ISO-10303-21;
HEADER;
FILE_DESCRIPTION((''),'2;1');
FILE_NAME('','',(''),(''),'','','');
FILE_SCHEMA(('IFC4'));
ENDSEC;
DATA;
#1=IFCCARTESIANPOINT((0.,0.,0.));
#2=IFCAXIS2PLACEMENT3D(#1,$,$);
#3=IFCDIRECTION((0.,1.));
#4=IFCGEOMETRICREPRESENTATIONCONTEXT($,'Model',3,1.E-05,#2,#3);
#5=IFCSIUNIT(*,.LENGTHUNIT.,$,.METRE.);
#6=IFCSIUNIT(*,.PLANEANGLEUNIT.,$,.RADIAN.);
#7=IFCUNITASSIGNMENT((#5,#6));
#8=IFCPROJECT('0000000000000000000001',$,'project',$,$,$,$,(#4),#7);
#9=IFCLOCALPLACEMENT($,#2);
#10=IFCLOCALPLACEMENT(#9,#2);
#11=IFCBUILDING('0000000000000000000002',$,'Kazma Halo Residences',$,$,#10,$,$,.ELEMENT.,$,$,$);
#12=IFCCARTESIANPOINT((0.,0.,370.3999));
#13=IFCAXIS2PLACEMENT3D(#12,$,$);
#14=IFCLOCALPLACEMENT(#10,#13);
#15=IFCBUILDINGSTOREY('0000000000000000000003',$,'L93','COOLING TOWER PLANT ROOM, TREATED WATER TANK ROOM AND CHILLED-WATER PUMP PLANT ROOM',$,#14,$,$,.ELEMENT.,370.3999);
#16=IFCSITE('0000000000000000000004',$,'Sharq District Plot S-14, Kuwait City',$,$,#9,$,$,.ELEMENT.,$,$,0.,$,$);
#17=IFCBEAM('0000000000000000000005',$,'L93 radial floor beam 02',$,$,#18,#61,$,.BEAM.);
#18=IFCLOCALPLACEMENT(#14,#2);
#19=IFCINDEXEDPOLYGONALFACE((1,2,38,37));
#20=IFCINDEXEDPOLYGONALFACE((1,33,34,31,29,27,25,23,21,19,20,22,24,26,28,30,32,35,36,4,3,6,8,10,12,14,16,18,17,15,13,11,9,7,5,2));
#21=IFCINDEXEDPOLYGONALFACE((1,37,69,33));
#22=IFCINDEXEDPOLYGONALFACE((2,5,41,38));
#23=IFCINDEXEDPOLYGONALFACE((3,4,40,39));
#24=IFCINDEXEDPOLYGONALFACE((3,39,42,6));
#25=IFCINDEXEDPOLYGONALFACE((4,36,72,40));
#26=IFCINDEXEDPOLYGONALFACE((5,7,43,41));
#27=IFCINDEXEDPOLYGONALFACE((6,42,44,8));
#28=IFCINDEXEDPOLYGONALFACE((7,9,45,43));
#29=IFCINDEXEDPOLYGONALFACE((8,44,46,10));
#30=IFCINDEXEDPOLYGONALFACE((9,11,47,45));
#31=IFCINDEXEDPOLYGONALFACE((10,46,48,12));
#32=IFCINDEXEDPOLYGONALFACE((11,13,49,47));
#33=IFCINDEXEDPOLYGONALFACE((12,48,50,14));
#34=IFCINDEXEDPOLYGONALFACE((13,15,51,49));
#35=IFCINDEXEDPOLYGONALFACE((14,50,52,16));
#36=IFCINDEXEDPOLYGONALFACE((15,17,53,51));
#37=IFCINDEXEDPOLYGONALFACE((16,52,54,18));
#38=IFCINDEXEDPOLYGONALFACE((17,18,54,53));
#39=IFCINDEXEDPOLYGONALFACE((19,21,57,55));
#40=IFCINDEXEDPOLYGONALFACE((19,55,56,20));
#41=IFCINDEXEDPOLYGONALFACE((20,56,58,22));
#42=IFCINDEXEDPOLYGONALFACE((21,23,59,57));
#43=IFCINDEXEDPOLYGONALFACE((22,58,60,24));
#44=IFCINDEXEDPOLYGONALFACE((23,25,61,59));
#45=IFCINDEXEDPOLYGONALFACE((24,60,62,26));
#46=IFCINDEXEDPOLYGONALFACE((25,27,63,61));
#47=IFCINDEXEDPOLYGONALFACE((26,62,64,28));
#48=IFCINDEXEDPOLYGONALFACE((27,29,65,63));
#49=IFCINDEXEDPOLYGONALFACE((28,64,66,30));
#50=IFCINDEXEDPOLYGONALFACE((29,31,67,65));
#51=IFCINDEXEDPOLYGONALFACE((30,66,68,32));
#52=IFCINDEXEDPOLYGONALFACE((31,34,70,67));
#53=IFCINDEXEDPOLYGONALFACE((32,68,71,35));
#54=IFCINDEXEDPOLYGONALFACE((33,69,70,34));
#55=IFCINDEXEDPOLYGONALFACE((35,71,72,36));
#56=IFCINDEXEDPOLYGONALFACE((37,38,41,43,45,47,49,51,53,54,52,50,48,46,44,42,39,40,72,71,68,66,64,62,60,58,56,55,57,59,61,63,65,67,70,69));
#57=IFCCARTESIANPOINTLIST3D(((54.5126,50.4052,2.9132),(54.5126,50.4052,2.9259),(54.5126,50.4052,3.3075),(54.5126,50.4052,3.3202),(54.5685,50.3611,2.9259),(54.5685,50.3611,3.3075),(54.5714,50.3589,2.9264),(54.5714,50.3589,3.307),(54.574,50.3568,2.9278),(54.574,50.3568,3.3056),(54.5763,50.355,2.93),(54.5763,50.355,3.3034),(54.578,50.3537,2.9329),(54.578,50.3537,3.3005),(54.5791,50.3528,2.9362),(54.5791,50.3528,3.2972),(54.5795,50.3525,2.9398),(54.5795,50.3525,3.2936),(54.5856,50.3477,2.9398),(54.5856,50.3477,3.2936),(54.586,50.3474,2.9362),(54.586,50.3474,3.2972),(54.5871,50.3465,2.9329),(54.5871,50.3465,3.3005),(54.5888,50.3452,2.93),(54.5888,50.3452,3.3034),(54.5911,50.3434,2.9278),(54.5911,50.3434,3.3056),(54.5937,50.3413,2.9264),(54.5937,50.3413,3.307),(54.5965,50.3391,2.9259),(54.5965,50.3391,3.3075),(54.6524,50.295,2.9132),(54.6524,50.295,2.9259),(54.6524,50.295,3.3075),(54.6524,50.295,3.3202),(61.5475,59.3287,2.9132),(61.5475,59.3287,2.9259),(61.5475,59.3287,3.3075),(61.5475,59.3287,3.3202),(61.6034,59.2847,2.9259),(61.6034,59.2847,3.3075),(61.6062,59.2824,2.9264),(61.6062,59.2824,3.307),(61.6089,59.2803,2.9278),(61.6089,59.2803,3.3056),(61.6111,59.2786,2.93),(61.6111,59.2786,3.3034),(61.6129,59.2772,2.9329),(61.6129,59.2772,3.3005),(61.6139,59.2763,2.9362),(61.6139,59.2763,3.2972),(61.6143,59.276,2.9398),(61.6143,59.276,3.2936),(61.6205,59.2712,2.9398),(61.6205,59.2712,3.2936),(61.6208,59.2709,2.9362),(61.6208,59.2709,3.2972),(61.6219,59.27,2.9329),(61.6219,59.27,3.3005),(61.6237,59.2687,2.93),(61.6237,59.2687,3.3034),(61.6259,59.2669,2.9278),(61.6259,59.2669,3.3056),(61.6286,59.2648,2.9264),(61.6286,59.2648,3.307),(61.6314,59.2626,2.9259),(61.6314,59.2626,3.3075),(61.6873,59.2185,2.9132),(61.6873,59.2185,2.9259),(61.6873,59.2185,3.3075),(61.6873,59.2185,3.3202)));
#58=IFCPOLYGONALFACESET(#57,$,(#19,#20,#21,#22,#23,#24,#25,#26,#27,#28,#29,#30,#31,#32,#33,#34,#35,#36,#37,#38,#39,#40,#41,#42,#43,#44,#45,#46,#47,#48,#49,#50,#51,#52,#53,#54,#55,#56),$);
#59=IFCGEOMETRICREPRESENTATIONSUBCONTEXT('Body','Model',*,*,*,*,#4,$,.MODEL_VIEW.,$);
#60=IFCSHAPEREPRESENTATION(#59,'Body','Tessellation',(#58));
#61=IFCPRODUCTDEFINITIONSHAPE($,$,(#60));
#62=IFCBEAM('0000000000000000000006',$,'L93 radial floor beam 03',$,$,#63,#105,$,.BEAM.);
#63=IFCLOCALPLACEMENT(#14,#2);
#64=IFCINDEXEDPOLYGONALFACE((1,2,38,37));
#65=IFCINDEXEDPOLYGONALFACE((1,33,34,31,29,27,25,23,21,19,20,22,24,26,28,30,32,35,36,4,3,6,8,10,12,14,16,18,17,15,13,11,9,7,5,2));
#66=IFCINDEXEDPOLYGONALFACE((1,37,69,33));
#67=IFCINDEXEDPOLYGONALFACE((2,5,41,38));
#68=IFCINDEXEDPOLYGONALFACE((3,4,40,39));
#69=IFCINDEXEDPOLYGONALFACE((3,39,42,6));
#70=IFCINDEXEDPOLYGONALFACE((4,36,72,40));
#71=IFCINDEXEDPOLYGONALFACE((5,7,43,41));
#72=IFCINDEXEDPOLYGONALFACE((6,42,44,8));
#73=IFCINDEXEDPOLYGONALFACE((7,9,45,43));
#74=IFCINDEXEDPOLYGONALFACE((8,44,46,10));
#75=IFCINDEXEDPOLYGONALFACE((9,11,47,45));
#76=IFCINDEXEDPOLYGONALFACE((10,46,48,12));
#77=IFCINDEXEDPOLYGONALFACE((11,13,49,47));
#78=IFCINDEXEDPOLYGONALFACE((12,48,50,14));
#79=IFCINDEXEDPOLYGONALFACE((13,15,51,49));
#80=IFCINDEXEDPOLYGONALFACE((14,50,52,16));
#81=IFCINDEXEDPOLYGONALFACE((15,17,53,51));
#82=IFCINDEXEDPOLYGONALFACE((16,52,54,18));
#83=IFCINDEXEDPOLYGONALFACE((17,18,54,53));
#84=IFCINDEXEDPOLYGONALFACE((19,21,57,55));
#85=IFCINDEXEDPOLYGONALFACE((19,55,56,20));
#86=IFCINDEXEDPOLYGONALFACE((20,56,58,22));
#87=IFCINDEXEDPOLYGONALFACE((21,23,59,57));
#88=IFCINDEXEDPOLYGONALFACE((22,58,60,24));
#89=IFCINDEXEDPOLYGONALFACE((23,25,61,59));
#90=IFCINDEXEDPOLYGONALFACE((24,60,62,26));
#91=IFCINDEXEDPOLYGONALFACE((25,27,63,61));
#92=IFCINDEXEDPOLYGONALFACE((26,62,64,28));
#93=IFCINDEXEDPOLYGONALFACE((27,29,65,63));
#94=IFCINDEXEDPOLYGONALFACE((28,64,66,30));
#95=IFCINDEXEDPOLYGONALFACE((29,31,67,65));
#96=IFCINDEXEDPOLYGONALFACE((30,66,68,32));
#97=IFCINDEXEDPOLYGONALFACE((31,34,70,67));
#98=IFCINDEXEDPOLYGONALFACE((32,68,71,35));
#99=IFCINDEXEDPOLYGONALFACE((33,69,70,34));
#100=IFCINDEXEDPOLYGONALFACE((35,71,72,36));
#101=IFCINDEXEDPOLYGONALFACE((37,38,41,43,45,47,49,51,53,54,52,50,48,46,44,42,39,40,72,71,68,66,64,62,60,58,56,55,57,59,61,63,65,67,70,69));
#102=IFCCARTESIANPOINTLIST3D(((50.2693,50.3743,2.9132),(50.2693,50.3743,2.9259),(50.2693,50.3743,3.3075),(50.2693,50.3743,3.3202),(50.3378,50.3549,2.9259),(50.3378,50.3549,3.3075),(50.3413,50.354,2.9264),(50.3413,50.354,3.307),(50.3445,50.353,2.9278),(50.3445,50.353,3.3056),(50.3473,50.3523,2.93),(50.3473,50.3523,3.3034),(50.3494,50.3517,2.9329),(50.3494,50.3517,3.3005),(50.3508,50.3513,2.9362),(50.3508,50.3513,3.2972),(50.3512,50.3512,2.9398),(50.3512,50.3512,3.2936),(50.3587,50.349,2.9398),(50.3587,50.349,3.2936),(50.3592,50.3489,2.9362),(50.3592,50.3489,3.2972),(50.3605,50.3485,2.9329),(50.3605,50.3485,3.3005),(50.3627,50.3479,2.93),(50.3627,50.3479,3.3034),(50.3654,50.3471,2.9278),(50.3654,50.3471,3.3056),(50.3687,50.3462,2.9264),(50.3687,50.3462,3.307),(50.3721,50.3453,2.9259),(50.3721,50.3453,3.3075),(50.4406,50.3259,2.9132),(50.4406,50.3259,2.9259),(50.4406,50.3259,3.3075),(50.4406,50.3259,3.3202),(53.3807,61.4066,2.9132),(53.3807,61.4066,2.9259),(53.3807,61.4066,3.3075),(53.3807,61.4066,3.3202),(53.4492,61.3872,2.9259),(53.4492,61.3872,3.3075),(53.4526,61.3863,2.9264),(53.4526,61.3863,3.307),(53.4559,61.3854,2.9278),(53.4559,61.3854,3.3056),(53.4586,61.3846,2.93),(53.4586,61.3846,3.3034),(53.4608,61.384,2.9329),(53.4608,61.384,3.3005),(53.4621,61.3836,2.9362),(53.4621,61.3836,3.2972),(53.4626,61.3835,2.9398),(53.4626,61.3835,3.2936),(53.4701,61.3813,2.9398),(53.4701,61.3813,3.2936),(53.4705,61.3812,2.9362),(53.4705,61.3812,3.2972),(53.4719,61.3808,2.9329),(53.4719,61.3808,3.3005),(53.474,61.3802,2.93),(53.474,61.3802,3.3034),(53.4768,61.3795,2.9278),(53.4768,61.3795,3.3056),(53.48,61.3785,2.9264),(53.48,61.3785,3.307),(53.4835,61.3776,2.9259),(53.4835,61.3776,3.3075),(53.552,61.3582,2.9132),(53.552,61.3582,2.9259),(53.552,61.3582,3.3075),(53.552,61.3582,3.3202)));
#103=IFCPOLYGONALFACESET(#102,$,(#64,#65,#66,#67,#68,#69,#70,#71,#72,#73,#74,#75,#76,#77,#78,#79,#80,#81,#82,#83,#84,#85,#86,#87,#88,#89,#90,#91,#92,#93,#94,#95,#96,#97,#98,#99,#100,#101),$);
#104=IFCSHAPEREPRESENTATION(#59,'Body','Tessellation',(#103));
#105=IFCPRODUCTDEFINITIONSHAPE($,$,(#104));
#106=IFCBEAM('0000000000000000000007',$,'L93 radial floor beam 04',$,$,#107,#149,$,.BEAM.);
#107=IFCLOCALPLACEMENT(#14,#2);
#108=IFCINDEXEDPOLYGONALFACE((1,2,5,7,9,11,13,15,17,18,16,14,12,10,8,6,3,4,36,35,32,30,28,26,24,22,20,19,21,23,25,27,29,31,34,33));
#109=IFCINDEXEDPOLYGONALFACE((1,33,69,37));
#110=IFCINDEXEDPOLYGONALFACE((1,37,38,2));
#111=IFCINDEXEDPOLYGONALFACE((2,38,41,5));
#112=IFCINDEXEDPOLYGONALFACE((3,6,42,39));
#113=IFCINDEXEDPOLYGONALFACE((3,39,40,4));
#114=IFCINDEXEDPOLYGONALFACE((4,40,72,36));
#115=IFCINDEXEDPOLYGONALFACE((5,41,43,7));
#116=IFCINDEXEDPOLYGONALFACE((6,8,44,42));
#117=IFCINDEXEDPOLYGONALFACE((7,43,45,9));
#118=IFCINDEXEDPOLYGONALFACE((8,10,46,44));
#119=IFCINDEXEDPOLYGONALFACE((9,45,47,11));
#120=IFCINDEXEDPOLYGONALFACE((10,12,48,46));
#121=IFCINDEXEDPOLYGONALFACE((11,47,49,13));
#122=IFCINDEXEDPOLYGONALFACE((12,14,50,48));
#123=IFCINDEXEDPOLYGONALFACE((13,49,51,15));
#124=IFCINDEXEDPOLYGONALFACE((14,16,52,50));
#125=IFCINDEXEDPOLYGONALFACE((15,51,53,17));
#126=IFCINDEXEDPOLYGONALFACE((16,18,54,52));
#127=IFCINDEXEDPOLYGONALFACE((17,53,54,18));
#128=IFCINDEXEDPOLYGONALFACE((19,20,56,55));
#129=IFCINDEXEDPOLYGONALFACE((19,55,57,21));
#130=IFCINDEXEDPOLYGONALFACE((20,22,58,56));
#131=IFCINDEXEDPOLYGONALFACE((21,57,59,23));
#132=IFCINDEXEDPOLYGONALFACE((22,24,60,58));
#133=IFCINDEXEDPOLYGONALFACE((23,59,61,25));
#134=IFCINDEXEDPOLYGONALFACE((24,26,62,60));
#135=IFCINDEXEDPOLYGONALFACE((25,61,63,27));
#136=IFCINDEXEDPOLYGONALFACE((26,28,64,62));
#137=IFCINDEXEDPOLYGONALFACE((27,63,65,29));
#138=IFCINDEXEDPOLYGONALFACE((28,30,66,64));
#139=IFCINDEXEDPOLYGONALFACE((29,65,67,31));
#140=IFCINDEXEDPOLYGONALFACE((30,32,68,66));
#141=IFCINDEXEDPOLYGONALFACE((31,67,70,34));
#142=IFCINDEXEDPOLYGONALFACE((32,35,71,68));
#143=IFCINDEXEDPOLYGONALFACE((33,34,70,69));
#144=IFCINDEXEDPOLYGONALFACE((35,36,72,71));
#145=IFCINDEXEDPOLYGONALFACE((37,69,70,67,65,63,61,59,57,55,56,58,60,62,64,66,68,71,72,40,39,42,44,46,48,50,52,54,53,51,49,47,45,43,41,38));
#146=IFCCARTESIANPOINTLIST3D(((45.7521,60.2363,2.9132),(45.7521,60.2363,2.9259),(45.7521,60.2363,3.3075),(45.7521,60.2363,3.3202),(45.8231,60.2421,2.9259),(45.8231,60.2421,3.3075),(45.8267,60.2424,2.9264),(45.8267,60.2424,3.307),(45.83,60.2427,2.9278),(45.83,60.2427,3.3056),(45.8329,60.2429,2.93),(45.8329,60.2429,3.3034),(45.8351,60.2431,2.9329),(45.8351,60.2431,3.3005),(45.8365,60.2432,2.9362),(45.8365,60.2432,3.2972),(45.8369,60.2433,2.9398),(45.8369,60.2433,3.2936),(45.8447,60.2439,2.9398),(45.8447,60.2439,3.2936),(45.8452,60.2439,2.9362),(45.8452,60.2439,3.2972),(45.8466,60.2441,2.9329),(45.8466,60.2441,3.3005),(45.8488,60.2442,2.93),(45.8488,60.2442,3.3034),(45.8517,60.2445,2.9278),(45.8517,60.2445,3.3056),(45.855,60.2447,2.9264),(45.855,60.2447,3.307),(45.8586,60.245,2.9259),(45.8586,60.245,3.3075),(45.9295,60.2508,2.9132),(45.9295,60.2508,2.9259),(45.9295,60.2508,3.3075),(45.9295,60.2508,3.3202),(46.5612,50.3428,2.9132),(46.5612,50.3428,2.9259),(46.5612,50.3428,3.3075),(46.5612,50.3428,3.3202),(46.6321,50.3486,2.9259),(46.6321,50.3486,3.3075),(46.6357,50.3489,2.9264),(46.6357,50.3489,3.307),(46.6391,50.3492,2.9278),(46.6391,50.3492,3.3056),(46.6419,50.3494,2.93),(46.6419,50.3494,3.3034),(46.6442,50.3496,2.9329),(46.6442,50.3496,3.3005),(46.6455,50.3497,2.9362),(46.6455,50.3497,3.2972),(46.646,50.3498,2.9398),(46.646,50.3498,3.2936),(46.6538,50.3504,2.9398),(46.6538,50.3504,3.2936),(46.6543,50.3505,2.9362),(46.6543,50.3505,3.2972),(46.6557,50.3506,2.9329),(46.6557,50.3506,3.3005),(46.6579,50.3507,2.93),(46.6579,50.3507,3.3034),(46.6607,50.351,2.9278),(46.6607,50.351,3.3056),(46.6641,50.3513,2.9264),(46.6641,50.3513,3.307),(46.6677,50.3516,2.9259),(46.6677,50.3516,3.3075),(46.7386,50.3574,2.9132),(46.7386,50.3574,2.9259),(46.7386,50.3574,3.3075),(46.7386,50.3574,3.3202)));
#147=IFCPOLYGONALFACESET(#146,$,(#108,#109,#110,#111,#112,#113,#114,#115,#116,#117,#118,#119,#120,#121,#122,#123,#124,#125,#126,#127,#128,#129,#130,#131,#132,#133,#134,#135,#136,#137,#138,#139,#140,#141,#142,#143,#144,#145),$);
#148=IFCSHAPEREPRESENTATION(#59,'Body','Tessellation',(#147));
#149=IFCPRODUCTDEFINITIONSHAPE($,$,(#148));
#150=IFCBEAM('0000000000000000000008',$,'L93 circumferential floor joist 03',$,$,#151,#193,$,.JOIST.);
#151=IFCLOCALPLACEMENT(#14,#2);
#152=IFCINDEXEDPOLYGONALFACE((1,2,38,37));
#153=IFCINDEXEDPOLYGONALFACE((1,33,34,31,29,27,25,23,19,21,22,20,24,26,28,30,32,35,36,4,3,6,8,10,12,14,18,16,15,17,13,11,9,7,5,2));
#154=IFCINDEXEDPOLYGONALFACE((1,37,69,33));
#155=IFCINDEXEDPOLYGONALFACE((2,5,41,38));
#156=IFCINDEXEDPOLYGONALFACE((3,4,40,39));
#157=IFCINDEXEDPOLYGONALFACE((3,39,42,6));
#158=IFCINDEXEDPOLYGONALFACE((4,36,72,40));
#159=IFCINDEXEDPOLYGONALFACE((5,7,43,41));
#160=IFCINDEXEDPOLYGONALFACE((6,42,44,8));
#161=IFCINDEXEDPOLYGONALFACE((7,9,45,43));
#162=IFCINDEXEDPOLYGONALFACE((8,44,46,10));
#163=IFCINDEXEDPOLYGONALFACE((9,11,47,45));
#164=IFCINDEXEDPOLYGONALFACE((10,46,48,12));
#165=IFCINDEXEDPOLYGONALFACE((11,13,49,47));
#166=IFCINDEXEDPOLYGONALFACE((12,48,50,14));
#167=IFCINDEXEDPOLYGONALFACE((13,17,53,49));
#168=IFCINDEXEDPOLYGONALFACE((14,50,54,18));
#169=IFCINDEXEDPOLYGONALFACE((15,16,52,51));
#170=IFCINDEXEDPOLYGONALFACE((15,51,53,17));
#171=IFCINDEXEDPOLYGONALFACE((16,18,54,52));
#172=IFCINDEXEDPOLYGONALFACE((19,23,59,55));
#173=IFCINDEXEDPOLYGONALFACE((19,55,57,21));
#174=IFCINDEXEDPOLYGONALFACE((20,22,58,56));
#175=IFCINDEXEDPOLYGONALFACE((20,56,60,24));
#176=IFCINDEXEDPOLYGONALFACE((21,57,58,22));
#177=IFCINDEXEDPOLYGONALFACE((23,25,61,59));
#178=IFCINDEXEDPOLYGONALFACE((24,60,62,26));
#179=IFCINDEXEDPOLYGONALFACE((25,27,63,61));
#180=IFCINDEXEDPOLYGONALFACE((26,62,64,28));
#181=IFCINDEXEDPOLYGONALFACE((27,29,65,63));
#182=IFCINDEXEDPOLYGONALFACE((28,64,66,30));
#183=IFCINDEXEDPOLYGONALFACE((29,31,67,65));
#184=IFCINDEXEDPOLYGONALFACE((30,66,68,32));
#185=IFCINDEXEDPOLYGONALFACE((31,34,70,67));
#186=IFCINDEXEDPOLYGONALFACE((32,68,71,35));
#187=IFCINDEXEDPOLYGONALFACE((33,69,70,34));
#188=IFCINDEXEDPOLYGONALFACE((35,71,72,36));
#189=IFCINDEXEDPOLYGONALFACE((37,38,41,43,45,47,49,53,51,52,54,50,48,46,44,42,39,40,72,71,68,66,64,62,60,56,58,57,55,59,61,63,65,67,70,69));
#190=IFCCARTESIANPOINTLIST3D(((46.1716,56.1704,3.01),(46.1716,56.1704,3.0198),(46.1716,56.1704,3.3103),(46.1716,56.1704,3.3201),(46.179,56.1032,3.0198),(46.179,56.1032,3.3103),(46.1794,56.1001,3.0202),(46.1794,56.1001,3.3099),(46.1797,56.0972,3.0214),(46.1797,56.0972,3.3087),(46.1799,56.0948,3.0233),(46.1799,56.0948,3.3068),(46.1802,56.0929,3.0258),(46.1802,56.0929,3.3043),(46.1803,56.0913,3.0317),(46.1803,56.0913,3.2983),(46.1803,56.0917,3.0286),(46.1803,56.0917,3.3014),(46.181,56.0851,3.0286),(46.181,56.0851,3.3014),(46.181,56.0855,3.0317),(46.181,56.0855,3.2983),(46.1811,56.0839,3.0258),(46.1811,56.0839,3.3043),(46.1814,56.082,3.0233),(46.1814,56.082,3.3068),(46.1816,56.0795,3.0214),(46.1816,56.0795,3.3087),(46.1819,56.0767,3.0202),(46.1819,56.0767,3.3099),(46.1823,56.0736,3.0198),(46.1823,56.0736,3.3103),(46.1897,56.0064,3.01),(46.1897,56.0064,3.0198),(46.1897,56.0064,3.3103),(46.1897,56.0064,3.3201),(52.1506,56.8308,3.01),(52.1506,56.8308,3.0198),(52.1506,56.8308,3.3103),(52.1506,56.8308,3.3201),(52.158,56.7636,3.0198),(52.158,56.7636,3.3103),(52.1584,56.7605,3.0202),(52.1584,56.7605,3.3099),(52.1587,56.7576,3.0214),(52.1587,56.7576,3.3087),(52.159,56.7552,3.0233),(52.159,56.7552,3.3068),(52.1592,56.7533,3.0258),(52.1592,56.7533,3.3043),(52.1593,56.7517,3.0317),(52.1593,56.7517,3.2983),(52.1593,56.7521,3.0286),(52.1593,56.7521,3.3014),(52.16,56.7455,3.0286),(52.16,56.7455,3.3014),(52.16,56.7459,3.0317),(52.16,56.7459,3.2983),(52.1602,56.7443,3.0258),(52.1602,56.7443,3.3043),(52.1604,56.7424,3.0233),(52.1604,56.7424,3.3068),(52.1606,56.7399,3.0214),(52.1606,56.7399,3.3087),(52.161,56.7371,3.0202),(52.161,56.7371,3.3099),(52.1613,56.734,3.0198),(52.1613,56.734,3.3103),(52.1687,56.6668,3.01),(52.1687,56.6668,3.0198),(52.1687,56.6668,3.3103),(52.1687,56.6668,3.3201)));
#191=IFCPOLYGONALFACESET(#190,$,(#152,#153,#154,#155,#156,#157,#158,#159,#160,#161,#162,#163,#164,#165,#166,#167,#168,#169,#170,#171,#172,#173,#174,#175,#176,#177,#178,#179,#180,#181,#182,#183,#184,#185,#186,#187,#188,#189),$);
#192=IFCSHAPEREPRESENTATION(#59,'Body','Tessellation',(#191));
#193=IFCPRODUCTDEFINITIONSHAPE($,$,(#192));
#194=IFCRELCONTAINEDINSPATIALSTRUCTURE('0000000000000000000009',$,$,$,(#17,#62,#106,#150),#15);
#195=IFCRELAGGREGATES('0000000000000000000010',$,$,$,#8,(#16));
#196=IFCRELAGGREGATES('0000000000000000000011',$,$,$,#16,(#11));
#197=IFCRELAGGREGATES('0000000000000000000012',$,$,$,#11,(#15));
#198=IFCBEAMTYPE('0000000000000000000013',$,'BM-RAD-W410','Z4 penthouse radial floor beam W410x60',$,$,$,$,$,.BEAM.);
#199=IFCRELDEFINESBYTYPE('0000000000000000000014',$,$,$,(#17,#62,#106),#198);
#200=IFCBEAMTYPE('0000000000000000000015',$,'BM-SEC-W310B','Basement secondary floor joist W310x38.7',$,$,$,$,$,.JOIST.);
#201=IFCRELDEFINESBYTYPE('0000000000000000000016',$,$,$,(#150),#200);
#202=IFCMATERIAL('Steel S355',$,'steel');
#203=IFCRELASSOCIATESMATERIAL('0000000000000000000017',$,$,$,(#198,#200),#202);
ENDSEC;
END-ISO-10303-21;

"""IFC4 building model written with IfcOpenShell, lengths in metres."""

from ifc_helpers import new_model, si_unit, direction, frame, origin, origin_2d, place, context, subcontext, project, spatial, i_section, extrude, material, material_profile, profile_set, type_object, element, save


model = new_model("IFC4")

# Units and contexts
model_context = context("Model", 3, precision=1e-05, world=origin(), true_north=direction((0.0, 1.0)))
body_context = subcontext(model_context, "Body", "Model", "MODEL_VIEW")
ifc_project = project(units=[si_unit("LENGTHUNIT", "METRE"), si_unit("PLANEANGLEUNIT", "RADIAN")], contexts=[model_context])

# Site, building, storey
site_placement = place(None, origin())
site = spatial("IfcSite", under=ifc_project, at=site_placement, Name="Sharq District Plot S-14, Kuwait City", CompositionType="ELEMENT", RefElevation=0.0)
building_placement = place(site_placement, origin())
building = spatial("IfcBuilding", under=site, at=building_placement, Name="Kazma Halo Residences", CompositionType="ELEMENT")
storey_placement = place(building_placement, frame((0.0, 0.0, 370.3999)))
storey = spatial("IfcBuildingStorey", under=building, at=storey_placement, Name="L93", Description="COOLING TOWER PLANT ROOM, TREATED WATER TANK ROOM AND CHILLED-WATER PUMP PLANT ROOM", CompositionType="ELEMENT", Elevation=370.3999)

# Shared definitions
ifc_material_1 = material(Name="Steel S355", Category="steel")

# Beams
ifc_material_profile_1 = material_profile(ifc_material_1, i_section(OverallWidth=0.178, OverallDepth=0.407, WebThickness=0.0078, FlangeThickness=0.0127, FilletRadius=0.0139, at=origin_2d()), Name="W410x60")
ifc_profile_set_1 = profile_set([ifc_material_profile_1], Name="Steel S355")
beam_type_1 = type_object("IfcBeamType", Name="BM-RAD-W410", Description="Z4 penthouse radial floor beam W410x60", PredefinedType="BEAM", material=ifc_profile_set_1)
beam_1_placement = place(storey_placement, frame((54.5825, 50.3501, 3.1167), z_axis=(0.619101, 0.785312, 0.0), x_axis=(-0.785312, 0.619101, 0.0)))
element("IfcBeam", 1, at=beam_1_placement, inside=storey, type_object=beam_type_1, Name="L93 radial floor beam 02", PredefinedType="BEAM", context=body_context, shape_type="SweptSolid", body=[
    extrude(i_section(OverallWidth=0.178, OverallDepth=0.407, WebThickness=0.0078, FlangeThickness=0.0127, FilletRadius=0.0139, at=origin_2d()), origin(), (0.0, 0.0, 1.0), 11.363),
])
beam_2_placement = place(storey_placement, frame((50.355, 50.3501, 3.1167), z_axis=(0.271434, 0.962457, 0.0), x_axis=(-0.962457, 0.271434, 0.0)))
element("IfcBeam", 2, at=beam_2_placement, inside=storey, type_object=beam_type_1, Name="L93 radial floor beam 03", PredefinedType="BEAM", context=body_context, shape_type="SweptSolid", body=[
    extrude(i_section(OverallWidth=0.178, OverallDepth=0.407, WebThickness=0.0078, FlangeThickness=0.0127, FilletRadius=0.0139, at=origin_2d()), origin(), (0.0, 0.0, 1.0), 11.4626),
])
beam_3_placement = place(storey_placement, frame((46.6499, 50.3501, 3.1167), z_axis=(-0.081507, 0.996673, 0.0), x_axis=(-0.996673, -0.081507, 0.0)))
element("IfcBeam", 3, at=beam_3_placement, inside=storey, type_object=beam_type_1, Name="L93 radial floor beam 04", PredefinedType="BEAM", context=body_context, shape_type="SweptSolid", body=[
    extrude(i_section(OverallWidth=0.178, OverallDepth=0.407, WebThickness=0.0078, FlangeThickness=0.0127, FilletRadius=0.0139, at=origin_2d()), origin(), (0.0, 0.0, 1.0), 9.9265),
])
ifc_material_profile_2 = material_profile(ifc_material_1, i_section(OverallWidth=0.165, OverallDepth=0.3101, WebThickness=0.0059, FlangeThickness=0.0098, FilletRadius=0.012, at=origin_2d()), Name="W310x38.7")
ifc_profile_set_2 = profile_set([ifc_material_profile_2], Name="Steel S355")
beam_type_2 = type_object("IfcBeamType", Name="BM-SEC-W310B", Description="Basement secondary floor joist W310x38.7", PredefinedType="JOIST", material=ifc_profile_set_2)
beam_4_placement = place(storey_placement, frame((52.1597, 56.7488, 3.165), z_axis=(-0.993955, -0.109786, 0.0), x_axis=(0.109786, -0.993955, 0.0)))
element("IfcBeam", 4, at=beam_4_placement, inside=storey, type_object=beam_type_2, Name="L93 circumferential floor joist 03", PredefinedType="JOIST", context=body_context, shape_type="SweptSolid", body=[
    extrude(i_section(OverallWidth=0.165, OverallDepth=0.3101, WebThickness=0.0059, FlangeThickness=0.0098, FilletRadius=0.012, at=origin_2d()), origin(), (0.0, 0.0, 1.0), 6.0154),
])

save(model, "model.ifc")
